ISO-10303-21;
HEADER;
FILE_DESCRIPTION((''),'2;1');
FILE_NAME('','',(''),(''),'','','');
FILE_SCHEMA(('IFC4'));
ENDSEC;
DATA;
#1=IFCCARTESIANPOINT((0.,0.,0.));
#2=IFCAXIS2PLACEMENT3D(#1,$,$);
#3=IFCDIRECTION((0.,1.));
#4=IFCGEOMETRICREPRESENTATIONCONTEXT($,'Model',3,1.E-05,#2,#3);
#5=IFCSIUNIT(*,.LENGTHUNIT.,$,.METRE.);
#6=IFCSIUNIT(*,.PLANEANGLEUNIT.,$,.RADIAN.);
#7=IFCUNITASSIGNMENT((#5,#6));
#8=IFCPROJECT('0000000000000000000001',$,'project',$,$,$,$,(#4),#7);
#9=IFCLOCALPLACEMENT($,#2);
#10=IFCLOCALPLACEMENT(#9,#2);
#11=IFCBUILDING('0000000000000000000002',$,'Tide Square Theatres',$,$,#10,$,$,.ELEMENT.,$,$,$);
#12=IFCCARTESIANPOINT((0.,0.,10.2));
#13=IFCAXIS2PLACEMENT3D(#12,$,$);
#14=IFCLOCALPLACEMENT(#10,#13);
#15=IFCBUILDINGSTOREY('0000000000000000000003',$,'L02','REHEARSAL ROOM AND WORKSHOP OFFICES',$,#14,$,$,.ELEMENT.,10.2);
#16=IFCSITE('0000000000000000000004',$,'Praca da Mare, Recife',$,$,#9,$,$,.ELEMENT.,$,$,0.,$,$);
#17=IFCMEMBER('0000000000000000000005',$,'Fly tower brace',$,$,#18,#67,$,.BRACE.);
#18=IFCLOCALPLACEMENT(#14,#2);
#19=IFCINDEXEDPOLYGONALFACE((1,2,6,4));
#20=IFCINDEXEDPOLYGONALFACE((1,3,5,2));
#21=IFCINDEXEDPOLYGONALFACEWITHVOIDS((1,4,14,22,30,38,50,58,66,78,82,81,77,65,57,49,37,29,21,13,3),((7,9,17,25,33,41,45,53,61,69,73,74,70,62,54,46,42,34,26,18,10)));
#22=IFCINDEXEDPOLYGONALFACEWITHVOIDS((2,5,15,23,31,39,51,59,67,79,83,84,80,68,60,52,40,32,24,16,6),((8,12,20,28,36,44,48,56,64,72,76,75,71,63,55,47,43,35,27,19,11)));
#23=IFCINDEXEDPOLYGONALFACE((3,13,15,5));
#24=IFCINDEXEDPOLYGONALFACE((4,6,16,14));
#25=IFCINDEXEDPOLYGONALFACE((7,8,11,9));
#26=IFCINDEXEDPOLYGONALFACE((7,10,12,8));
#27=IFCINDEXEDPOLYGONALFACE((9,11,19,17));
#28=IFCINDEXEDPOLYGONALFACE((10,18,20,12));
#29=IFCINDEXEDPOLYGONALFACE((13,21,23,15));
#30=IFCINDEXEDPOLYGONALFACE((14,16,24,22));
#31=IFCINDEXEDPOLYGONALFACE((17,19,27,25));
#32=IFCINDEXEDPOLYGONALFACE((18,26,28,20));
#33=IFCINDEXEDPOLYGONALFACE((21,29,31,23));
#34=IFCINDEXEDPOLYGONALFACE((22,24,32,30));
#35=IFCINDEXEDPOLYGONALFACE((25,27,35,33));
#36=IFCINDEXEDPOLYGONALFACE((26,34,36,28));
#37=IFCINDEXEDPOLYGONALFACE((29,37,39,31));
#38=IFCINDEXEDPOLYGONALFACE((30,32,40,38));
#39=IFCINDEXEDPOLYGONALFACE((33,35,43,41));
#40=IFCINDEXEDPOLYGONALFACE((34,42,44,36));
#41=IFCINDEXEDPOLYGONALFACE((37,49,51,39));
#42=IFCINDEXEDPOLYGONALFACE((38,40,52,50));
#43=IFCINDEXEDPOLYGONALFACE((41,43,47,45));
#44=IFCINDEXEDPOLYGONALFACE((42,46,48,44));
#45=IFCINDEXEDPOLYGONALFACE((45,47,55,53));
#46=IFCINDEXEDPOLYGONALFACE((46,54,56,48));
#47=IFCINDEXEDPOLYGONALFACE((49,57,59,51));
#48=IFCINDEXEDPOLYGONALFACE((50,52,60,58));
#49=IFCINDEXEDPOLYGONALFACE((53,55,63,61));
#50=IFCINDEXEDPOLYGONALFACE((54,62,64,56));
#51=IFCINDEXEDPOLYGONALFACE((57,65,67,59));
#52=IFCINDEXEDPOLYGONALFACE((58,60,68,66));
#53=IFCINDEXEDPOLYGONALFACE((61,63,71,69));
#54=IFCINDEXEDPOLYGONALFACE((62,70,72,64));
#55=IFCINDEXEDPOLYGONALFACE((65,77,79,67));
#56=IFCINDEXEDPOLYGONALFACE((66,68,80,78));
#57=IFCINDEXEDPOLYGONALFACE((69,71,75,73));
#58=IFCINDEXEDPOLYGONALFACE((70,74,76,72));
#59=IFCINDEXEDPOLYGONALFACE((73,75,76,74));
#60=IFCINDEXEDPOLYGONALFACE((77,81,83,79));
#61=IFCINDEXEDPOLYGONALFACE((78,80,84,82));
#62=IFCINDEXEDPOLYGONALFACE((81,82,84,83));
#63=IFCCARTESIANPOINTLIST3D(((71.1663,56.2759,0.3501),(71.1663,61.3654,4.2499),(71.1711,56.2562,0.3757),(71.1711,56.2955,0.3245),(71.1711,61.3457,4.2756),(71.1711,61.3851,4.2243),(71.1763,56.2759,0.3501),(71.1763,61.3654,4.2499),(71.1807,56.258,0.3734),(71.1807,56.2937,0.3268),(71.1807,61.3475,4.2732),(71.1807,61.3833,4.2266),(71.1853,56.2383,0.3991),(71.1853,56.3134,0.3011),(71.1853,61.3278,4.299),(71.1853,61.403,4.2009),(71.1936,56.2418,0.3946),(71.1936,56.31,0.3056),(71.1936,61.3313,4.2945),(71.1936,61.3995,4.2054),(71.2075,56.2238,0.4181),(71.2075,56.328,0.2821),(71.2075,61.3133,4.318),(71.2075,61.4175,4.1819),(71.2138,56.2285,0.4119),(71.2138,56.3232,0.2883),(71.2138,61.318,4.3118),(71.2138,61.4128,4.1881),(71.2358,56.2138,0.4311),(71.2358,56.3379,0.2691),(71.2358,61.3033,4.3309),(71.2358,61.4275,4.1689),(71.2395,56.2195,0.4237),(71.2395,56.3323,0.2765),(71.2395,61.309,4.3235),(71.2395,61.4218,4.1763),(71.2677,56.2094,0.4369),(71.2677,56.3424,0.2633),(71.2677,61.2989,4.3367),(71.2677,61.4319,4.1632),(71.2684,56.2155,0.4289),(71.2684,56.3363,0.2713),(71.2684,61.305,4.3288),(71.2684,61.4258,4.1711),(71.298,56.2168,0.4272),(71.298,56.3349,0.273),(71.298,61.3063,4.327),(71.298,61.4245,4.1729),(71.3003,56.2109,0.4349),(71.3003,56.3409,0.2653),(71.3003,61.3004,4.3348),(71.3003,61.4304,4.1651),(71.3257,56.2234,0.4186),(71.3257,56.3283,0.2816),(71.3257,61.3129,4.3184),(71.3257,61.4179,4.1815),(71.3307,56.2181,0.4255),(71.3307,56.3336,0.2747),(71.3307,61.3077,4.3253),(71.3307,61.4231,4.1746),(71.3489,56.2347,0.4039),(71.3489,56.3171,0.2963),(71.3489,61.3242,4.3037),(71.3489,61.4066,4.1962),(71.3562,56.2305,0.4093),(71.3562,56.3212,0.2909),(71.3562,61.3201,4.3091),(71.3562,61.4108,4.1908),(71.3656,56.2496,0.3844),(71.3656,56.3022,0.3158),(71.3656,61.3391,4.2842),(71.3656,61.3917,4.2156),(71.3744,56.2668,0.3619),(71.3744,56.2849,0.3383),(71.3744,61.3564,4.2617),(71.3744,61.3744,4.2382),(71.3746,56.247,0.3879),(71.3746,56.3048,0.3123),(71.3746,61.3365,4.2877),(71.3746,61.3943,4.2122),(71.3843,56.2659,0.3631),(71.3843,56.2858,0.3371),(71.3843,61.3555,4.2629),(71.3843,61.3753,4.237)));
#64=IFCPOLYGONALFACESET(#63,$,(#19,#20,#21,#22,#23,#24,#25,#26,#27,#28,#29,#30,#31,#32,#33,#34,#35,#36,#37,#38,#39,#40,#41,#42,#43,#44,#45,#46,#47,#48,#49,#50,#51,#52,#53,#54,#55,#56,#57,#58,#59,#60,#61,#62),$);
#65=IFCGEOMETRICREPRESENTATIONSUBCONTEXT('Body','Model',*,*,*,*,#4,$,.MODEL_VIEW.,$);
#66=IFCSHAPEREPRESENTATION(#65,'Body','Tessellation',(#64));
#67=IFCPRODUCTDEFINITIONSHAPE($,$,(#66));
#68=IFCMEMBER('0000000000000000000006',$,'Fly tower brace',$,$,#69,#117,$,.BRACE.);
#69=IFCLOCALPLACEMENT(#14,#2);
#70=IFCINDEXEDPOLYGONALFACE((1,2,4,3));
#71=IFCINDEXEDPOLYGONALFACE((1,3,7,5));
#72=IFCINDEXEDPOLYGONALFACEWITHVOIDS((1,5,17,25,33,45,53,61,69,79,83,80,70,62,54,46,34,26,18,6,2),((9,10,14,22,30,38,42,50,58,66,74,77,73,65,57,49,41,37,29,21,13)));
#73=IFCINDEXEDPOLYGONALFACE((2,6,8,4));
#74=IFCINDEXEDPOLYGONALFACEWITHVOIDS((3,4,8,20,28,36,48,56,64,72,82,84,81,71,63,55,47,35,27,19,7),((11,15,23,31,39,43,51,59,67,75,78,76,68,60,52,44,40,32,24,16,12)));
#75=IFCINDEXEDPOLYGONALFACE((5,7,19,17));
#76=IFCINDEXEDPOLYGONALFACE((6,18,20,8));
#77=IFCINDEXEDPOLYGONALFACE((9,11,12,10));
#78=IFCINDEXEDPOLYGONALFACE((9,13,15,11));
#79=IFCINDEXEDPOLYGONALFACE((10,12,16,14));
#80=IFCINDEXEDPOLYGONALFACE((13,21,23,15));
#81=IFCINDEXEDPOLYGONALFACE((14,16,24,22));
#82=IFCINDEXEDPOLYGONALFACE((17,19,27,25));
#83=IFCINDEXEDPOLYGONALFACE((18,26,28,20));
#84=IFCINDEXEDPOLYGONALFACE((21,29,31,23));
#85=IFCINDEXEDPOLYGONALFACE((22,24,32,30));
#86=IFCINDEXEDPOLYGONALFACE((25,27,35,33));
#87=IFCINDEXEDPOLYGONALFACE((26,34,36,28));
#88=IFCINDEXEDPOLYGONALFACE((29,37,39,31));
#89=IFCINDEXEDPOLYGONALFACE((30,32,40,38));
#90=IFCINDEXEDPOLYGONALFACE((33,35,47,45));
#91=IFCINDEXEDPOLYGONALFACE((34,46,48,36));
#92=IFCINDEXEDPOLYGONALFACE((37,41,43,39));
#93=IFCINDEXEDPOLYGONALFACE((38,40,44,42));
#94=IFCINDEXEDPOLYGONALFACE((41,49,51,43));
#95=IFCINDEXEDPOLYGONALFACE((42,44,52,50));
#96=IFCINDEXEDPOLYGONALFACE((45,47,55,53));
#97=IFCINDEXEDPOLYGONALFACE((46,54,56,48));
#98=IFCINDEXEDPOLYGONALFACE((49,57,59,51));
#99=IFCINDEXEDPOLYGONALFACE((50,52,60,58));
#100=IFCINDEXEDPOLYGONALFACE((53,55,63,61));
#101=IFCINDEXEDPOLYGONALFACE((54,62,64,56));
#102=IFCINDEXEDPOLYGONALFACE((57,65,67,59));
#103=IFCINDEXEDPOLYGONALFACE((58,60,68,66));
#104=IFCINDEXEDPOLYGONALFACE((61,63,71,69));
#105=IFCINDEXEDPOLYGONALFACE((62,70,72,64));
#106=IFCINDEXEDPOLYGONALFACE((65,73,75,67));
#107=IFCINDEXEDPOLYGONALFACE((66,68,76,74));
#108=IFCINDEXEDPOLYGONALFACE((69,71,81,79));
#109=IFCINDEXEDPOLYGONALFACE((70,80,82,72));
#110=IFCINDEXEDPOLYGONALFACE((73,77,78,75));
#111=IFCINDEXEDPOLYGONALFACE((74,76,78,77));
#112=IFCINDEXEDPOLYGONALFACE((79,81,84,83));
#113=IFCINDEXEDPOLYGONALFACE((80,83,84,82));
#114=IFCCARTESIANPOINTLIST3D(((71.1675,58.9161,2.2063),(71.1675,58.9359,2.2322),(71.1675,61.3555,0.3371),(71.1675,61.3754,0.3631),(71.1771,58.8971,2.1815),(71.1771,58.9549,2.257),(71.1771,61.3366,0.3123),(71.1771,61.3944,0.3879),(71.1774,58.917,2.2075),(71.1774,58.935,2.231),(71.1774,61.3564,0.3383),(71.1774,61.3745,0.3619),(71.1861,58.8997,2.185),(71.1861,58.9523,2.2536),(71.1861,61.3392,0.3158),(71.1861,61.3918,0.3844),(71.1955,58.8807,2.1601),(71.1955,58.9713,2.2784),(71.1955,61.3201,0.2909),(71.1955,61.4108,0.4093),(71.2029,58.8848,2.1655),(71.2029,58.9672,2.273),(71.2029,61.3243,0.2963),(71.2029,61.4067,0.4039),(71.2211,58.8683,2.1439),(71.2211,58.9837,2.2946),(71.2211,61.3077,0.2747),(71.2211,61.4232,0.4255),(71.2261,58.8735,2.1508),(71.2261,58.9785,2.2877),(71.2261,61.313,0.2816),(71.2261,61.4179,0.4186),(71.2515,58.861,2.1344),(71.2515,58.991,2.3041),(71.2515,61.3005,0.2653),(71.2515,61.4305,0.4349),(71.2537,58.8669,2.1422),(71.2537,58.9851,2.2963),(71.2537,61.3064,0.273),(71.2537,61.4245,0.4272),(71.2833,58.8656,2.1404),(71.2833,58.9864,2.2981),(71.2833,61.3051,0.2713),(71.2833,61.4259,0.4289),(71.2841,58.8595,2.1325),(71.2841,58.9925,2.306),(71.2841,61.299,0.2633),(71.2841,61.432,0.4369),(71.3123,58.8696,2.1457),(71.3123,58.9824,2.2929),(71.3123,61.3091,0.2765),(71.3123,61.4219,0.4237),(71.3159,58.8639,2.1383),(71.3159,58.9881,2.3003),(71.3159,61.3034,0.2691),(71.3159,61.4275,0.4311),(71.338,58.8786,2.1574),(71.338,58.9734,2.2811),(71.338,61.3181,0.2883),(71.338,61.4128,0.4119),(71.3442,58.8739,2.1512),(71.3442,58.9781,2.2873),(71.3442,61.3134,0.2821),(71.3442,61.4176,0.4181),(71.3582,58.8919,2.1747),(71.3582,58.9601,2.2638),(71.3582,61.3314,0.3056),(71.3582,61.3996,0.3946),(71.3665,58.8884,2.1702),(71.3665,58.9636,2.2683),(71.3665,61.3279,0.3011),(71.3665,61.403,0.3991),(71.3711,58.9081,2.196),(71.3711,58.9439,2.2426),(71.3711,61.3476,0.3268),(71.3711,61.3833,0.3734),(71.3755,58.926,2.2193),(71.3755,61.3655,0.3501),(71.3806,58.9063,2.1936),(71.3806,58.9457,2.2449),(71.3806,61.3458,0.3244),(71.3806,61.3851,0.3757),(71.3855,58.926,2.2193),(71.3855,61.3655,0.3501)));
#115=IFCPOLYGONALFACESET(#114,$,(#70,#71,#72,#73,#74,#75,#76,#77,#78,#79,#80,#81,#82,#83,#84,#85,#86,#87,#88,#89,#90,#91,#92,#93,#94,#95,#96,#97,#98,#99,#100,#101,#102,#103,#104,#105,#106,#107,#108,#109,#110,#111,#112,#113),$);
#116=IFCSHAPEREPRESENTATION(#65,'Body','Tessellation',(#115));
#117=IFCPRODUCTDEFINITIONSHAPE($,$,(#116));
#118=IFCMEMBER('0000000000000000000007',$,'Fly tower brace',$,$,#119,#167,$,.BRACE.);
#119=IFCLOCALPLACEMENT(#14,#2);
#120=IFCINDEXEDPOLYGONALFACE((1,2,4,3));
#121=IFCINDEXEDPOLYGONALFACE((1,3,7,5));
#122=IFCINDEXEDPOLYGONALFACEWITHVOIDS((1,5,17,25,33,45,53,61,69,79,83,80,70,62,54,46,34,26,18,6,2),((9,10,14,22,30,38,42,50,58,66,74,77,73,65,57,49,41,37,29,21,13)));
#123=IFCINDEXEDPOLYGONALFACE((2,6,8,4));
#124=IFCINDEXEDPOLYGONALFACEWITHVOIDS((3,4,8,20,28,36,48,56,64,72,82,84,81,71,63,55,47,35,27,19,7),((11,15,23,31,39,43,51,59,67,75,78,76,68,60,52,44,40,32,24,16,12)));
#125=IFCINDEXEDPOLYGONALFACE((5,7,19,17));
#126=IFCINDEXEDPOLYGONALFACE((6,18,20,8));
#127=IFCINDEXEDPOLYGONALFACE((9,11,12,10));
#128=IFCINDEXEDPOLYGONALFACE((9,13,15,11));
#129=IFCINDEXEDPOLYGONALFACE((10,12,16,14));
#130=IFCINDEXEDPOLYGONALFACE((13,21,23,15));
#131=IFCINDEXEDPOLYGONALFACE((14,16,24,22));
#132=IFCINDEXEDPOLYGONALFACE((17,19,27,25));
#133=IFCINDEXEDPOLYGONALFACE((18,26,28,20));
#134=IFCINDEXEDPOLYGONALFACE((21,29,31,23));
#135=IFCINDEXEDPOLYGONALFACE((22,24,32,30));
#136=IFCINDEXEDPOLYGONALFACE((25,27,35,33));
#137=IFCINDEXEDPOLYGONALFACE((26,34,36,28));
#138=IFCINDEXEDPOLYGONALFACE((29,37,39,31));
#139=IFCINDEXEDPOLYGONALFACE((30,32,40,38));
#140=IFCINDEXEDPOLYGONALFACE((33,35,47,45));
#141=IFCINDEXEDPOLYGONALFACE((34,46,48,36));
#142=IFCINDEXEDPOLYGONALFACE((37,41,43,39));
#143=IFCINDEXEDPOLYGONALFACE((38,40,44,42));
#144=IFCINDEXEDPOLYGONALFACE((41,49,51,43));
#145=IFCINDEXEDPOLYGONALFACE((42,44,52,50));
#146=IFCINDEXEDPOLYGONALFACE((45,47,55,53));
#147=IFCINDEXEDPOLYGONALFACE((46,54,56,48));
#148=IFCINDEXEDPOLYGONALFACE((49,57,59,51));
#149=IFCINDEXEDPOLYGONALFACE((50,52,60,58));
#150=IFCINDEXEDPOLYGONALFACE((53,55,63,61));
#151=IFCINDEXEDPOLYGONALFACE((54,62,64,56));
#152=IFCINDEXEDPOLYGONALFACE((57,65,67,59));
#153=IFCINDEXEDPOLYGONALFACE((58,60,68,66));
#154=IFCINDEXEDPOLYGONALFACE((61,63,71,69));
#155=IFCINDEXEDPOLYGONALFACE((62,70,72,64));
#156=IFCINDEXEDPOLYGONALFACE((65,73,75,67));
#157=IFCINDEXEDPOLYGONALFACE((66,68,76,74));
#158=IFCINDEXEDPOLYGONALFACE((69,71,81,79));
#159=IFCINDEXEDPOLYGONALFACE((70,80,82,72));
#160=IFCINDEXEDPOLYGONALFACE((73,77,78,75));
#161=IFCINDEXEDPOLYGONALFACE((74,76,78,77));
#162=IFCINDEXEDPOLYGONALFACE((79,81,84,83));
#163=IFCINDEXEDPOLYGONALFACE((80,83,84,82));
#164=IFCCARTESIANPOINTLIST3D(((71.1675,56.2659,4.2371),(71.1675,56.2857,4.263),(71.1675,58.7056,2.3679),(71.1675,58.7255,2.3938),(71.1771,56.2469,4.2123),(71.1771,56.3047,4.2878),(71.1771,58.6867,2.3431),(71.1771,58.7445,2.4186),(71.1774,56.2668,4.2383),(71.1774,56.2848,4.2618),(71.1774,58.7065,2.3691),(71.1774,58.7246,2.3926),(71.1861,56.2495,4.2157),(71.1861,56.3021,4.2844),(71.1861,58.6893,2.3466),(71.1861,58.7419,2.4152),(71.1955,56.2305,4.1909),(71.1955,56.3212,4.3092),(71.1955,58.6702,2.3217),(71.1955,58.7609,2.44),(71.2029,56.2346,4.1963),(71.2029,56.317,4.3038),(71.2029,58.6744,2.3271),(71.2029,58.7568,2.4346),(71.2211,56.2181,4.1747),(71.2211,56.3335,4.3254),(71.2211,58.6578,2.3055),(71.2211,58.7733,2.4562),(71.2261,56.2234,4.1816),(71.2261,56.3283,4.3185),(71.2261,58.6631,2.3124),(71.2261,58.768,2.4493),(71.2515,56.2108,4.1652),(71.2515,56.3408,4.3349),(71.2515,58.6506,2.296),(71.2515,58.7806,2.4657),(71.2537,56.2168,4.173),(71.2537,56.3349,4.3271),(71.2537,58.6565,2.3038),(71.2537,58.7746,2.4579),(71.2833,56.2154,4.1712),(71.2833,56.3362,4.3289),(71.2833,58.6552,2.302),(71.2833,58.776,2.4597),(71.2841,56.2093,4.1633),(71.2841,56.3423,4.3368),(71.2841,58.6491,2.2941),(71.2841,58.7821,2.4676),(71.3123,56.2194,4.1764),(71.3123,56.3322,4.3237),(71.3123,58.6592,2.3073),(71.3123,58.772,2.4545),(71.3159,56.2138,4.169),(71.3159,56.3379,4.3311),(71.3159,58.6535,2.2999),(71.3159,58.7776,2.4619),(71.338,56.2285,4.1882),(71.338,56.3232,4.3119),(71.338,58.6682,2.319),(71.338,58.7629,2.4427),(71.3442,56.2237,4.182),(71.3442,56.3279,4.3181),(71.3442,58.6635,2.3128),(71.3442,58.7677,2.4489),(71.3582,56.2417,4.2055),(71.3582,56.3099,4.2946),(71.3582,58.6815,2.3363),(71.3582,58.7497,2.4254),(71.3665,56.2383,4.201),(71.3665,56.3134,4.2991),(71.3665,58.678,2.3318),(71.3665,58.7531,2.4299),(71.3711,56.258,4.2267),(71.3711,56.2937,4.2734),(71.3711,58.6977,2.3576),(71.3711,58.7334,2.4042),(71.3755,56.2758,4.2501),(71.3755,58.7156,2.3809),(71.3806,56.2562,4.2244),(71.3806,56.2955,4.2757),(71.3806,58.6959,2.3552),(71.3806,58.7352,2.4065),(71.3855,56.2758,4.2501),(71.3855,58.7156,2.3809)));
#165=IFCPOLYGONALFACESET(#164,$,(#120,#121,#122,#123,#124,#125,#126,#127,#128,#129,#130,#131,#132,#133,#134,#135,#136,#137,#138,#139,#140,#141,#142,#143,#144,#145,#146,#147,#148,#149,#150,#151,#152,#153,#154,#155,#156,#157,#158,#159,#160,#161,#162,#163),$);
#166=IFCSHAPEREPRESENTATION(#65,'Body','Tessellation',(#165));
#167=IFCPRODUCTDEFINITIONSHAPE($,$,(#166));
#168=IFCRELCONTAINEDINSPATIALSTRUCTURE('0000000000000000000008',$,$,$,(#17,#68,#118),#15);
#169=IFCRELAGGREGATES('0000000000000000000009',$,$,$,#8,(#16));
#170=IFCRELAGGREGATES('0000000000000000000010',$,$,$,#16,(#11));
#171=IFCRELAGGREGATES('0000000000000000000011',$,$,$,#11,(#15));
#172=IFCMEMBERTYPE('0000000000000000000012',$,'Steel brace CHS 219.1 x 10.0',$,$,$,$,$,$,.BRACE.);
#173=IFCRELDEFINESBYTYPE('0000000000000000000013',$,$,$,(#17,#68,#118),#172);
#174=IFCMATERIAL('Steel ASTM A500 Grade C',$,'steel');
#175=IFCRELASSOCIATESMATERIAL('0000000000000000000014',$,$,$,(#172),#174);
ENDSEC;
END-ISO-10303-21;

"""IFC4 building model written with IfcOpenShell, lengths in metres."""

from ifc_helpers import new_model, si_unit, direction, frame, origin, origin_2d, place, context, subcontext, project, spatial, hollow_circle, extrude, material, material_profile, profile_set, type_object, element, save


model = new_model("IFC4")

# Units and contexts
model_context = context("Model", 3, precision=1e-05, world=origin(), true_north=direction((0.0, 1.0)))
body_context = subcontext(model_context, "Body", "Model", "MODEL_VIEW")
ifc_project = project(units=[si_unit("LENGTHUNIT", "METRE"), si_unit("PLANEANGLEUNIT", "RADIAN")], contexts=[model_context])

# Site, building, storey
site_placement = place(None, origin())
site = spatial("IfcSite", under=ifc_project, at=site_placement, Name="Praca da Mare, Recife", CompositionType="ELEMENT", RefElevation=0.0)
building_placement = place(site_placement, origin())
building = spatial("IfcBuilding", under=site, at=building_placement, Name="Tide Square Theatres", CompositionType="ELEMENT")
storey_placement = place(building_placement, frame((0.0, 0.0, 10.2)))
storey = spatial("IfcBuildingStorey", under=building, at=storey_placement, Name="L02", Description="REHEARSAL ROOM AND WORKSHOP OFFICES", CompositionType="ELEMENT", Elevation=10.2)

# Members
ifc_material_1 = material(Name="Steel ASTM A500 Grade C", Category="steel")
ifc_material_profile_1 = material_profile(ifc_material_1, hollow_circle(Radius=0.1096, WallThickness=0.01, at=origin_2d()))
ifc_profile_set_1 = profile_set([ifc_material_profile_1], Name="Steel ASTM A500 Grade C")
member_type = type_object("IfcMemberType", Name="Steel brace CHS 219.1 x 10.0", PredefinedType="BRACE", material=ifc_profile_set_1)
member_1_placement = place(storey_placement, frame((71.2759, 56.2759, 0.3501), z_axis=(0.0, 0.793766, 0.608223), x_axis=(-1.0, 0.0, 0.0)))
element("IfcMember", 1, at=member_1_placement, inside=storey, type_object=member_type, Name="Fly tower brace", PredefinedType="BRACE", context=body_context, shape_type="SweptSolid", body=[
    extrude(hollow_circle(Radius=0.1096, WallThickness=0.01, at=origin_2d()), origin(), (0.0, 0.0, 1.0), 6.4119),
])
member_2_placement = place(storey_placement, frame((71.2759, 61.3655, 0.3501), z_axis=(0.0, -0.79378, 0.608205), x_axis=(1.0, 0.0, 0.0)))
element("IfcMember", 2, at=member_2_placement, inside=storey, type_object=member_type, Name="Fly tower brace", PredefinedType="BRACE", context=body_context, shape_type="SweptSolid", body=[
    extrude(hollow_circle(Radius=0.1096, WallThickness=0.01, at=origin_2d()), origin(), (0.0, 0.0, 1.0), 3.0732),
])
member_3_placement = place(storey_placement, frame((71.2759, 58.7156, 2.3809), z_axis=(0.0, -0.79381, 0.608166), x_axis=(1.0, 0.0, 0.0)))
element("IfcMember", 3, at=member_3_placement, inside=storey, type_object=member_type, Name="Fly tower brace", PredefinedType="BRACE", context=body_context, shape_type="SweptSolid", body=[
    extrude(hollow_circle(Radius=0.1096, WallThickness=0.01, at=origin_2d()), origin(), (0.0, 0.0, 1.0), 3.0735),
])

save(model, "model.ifc")
